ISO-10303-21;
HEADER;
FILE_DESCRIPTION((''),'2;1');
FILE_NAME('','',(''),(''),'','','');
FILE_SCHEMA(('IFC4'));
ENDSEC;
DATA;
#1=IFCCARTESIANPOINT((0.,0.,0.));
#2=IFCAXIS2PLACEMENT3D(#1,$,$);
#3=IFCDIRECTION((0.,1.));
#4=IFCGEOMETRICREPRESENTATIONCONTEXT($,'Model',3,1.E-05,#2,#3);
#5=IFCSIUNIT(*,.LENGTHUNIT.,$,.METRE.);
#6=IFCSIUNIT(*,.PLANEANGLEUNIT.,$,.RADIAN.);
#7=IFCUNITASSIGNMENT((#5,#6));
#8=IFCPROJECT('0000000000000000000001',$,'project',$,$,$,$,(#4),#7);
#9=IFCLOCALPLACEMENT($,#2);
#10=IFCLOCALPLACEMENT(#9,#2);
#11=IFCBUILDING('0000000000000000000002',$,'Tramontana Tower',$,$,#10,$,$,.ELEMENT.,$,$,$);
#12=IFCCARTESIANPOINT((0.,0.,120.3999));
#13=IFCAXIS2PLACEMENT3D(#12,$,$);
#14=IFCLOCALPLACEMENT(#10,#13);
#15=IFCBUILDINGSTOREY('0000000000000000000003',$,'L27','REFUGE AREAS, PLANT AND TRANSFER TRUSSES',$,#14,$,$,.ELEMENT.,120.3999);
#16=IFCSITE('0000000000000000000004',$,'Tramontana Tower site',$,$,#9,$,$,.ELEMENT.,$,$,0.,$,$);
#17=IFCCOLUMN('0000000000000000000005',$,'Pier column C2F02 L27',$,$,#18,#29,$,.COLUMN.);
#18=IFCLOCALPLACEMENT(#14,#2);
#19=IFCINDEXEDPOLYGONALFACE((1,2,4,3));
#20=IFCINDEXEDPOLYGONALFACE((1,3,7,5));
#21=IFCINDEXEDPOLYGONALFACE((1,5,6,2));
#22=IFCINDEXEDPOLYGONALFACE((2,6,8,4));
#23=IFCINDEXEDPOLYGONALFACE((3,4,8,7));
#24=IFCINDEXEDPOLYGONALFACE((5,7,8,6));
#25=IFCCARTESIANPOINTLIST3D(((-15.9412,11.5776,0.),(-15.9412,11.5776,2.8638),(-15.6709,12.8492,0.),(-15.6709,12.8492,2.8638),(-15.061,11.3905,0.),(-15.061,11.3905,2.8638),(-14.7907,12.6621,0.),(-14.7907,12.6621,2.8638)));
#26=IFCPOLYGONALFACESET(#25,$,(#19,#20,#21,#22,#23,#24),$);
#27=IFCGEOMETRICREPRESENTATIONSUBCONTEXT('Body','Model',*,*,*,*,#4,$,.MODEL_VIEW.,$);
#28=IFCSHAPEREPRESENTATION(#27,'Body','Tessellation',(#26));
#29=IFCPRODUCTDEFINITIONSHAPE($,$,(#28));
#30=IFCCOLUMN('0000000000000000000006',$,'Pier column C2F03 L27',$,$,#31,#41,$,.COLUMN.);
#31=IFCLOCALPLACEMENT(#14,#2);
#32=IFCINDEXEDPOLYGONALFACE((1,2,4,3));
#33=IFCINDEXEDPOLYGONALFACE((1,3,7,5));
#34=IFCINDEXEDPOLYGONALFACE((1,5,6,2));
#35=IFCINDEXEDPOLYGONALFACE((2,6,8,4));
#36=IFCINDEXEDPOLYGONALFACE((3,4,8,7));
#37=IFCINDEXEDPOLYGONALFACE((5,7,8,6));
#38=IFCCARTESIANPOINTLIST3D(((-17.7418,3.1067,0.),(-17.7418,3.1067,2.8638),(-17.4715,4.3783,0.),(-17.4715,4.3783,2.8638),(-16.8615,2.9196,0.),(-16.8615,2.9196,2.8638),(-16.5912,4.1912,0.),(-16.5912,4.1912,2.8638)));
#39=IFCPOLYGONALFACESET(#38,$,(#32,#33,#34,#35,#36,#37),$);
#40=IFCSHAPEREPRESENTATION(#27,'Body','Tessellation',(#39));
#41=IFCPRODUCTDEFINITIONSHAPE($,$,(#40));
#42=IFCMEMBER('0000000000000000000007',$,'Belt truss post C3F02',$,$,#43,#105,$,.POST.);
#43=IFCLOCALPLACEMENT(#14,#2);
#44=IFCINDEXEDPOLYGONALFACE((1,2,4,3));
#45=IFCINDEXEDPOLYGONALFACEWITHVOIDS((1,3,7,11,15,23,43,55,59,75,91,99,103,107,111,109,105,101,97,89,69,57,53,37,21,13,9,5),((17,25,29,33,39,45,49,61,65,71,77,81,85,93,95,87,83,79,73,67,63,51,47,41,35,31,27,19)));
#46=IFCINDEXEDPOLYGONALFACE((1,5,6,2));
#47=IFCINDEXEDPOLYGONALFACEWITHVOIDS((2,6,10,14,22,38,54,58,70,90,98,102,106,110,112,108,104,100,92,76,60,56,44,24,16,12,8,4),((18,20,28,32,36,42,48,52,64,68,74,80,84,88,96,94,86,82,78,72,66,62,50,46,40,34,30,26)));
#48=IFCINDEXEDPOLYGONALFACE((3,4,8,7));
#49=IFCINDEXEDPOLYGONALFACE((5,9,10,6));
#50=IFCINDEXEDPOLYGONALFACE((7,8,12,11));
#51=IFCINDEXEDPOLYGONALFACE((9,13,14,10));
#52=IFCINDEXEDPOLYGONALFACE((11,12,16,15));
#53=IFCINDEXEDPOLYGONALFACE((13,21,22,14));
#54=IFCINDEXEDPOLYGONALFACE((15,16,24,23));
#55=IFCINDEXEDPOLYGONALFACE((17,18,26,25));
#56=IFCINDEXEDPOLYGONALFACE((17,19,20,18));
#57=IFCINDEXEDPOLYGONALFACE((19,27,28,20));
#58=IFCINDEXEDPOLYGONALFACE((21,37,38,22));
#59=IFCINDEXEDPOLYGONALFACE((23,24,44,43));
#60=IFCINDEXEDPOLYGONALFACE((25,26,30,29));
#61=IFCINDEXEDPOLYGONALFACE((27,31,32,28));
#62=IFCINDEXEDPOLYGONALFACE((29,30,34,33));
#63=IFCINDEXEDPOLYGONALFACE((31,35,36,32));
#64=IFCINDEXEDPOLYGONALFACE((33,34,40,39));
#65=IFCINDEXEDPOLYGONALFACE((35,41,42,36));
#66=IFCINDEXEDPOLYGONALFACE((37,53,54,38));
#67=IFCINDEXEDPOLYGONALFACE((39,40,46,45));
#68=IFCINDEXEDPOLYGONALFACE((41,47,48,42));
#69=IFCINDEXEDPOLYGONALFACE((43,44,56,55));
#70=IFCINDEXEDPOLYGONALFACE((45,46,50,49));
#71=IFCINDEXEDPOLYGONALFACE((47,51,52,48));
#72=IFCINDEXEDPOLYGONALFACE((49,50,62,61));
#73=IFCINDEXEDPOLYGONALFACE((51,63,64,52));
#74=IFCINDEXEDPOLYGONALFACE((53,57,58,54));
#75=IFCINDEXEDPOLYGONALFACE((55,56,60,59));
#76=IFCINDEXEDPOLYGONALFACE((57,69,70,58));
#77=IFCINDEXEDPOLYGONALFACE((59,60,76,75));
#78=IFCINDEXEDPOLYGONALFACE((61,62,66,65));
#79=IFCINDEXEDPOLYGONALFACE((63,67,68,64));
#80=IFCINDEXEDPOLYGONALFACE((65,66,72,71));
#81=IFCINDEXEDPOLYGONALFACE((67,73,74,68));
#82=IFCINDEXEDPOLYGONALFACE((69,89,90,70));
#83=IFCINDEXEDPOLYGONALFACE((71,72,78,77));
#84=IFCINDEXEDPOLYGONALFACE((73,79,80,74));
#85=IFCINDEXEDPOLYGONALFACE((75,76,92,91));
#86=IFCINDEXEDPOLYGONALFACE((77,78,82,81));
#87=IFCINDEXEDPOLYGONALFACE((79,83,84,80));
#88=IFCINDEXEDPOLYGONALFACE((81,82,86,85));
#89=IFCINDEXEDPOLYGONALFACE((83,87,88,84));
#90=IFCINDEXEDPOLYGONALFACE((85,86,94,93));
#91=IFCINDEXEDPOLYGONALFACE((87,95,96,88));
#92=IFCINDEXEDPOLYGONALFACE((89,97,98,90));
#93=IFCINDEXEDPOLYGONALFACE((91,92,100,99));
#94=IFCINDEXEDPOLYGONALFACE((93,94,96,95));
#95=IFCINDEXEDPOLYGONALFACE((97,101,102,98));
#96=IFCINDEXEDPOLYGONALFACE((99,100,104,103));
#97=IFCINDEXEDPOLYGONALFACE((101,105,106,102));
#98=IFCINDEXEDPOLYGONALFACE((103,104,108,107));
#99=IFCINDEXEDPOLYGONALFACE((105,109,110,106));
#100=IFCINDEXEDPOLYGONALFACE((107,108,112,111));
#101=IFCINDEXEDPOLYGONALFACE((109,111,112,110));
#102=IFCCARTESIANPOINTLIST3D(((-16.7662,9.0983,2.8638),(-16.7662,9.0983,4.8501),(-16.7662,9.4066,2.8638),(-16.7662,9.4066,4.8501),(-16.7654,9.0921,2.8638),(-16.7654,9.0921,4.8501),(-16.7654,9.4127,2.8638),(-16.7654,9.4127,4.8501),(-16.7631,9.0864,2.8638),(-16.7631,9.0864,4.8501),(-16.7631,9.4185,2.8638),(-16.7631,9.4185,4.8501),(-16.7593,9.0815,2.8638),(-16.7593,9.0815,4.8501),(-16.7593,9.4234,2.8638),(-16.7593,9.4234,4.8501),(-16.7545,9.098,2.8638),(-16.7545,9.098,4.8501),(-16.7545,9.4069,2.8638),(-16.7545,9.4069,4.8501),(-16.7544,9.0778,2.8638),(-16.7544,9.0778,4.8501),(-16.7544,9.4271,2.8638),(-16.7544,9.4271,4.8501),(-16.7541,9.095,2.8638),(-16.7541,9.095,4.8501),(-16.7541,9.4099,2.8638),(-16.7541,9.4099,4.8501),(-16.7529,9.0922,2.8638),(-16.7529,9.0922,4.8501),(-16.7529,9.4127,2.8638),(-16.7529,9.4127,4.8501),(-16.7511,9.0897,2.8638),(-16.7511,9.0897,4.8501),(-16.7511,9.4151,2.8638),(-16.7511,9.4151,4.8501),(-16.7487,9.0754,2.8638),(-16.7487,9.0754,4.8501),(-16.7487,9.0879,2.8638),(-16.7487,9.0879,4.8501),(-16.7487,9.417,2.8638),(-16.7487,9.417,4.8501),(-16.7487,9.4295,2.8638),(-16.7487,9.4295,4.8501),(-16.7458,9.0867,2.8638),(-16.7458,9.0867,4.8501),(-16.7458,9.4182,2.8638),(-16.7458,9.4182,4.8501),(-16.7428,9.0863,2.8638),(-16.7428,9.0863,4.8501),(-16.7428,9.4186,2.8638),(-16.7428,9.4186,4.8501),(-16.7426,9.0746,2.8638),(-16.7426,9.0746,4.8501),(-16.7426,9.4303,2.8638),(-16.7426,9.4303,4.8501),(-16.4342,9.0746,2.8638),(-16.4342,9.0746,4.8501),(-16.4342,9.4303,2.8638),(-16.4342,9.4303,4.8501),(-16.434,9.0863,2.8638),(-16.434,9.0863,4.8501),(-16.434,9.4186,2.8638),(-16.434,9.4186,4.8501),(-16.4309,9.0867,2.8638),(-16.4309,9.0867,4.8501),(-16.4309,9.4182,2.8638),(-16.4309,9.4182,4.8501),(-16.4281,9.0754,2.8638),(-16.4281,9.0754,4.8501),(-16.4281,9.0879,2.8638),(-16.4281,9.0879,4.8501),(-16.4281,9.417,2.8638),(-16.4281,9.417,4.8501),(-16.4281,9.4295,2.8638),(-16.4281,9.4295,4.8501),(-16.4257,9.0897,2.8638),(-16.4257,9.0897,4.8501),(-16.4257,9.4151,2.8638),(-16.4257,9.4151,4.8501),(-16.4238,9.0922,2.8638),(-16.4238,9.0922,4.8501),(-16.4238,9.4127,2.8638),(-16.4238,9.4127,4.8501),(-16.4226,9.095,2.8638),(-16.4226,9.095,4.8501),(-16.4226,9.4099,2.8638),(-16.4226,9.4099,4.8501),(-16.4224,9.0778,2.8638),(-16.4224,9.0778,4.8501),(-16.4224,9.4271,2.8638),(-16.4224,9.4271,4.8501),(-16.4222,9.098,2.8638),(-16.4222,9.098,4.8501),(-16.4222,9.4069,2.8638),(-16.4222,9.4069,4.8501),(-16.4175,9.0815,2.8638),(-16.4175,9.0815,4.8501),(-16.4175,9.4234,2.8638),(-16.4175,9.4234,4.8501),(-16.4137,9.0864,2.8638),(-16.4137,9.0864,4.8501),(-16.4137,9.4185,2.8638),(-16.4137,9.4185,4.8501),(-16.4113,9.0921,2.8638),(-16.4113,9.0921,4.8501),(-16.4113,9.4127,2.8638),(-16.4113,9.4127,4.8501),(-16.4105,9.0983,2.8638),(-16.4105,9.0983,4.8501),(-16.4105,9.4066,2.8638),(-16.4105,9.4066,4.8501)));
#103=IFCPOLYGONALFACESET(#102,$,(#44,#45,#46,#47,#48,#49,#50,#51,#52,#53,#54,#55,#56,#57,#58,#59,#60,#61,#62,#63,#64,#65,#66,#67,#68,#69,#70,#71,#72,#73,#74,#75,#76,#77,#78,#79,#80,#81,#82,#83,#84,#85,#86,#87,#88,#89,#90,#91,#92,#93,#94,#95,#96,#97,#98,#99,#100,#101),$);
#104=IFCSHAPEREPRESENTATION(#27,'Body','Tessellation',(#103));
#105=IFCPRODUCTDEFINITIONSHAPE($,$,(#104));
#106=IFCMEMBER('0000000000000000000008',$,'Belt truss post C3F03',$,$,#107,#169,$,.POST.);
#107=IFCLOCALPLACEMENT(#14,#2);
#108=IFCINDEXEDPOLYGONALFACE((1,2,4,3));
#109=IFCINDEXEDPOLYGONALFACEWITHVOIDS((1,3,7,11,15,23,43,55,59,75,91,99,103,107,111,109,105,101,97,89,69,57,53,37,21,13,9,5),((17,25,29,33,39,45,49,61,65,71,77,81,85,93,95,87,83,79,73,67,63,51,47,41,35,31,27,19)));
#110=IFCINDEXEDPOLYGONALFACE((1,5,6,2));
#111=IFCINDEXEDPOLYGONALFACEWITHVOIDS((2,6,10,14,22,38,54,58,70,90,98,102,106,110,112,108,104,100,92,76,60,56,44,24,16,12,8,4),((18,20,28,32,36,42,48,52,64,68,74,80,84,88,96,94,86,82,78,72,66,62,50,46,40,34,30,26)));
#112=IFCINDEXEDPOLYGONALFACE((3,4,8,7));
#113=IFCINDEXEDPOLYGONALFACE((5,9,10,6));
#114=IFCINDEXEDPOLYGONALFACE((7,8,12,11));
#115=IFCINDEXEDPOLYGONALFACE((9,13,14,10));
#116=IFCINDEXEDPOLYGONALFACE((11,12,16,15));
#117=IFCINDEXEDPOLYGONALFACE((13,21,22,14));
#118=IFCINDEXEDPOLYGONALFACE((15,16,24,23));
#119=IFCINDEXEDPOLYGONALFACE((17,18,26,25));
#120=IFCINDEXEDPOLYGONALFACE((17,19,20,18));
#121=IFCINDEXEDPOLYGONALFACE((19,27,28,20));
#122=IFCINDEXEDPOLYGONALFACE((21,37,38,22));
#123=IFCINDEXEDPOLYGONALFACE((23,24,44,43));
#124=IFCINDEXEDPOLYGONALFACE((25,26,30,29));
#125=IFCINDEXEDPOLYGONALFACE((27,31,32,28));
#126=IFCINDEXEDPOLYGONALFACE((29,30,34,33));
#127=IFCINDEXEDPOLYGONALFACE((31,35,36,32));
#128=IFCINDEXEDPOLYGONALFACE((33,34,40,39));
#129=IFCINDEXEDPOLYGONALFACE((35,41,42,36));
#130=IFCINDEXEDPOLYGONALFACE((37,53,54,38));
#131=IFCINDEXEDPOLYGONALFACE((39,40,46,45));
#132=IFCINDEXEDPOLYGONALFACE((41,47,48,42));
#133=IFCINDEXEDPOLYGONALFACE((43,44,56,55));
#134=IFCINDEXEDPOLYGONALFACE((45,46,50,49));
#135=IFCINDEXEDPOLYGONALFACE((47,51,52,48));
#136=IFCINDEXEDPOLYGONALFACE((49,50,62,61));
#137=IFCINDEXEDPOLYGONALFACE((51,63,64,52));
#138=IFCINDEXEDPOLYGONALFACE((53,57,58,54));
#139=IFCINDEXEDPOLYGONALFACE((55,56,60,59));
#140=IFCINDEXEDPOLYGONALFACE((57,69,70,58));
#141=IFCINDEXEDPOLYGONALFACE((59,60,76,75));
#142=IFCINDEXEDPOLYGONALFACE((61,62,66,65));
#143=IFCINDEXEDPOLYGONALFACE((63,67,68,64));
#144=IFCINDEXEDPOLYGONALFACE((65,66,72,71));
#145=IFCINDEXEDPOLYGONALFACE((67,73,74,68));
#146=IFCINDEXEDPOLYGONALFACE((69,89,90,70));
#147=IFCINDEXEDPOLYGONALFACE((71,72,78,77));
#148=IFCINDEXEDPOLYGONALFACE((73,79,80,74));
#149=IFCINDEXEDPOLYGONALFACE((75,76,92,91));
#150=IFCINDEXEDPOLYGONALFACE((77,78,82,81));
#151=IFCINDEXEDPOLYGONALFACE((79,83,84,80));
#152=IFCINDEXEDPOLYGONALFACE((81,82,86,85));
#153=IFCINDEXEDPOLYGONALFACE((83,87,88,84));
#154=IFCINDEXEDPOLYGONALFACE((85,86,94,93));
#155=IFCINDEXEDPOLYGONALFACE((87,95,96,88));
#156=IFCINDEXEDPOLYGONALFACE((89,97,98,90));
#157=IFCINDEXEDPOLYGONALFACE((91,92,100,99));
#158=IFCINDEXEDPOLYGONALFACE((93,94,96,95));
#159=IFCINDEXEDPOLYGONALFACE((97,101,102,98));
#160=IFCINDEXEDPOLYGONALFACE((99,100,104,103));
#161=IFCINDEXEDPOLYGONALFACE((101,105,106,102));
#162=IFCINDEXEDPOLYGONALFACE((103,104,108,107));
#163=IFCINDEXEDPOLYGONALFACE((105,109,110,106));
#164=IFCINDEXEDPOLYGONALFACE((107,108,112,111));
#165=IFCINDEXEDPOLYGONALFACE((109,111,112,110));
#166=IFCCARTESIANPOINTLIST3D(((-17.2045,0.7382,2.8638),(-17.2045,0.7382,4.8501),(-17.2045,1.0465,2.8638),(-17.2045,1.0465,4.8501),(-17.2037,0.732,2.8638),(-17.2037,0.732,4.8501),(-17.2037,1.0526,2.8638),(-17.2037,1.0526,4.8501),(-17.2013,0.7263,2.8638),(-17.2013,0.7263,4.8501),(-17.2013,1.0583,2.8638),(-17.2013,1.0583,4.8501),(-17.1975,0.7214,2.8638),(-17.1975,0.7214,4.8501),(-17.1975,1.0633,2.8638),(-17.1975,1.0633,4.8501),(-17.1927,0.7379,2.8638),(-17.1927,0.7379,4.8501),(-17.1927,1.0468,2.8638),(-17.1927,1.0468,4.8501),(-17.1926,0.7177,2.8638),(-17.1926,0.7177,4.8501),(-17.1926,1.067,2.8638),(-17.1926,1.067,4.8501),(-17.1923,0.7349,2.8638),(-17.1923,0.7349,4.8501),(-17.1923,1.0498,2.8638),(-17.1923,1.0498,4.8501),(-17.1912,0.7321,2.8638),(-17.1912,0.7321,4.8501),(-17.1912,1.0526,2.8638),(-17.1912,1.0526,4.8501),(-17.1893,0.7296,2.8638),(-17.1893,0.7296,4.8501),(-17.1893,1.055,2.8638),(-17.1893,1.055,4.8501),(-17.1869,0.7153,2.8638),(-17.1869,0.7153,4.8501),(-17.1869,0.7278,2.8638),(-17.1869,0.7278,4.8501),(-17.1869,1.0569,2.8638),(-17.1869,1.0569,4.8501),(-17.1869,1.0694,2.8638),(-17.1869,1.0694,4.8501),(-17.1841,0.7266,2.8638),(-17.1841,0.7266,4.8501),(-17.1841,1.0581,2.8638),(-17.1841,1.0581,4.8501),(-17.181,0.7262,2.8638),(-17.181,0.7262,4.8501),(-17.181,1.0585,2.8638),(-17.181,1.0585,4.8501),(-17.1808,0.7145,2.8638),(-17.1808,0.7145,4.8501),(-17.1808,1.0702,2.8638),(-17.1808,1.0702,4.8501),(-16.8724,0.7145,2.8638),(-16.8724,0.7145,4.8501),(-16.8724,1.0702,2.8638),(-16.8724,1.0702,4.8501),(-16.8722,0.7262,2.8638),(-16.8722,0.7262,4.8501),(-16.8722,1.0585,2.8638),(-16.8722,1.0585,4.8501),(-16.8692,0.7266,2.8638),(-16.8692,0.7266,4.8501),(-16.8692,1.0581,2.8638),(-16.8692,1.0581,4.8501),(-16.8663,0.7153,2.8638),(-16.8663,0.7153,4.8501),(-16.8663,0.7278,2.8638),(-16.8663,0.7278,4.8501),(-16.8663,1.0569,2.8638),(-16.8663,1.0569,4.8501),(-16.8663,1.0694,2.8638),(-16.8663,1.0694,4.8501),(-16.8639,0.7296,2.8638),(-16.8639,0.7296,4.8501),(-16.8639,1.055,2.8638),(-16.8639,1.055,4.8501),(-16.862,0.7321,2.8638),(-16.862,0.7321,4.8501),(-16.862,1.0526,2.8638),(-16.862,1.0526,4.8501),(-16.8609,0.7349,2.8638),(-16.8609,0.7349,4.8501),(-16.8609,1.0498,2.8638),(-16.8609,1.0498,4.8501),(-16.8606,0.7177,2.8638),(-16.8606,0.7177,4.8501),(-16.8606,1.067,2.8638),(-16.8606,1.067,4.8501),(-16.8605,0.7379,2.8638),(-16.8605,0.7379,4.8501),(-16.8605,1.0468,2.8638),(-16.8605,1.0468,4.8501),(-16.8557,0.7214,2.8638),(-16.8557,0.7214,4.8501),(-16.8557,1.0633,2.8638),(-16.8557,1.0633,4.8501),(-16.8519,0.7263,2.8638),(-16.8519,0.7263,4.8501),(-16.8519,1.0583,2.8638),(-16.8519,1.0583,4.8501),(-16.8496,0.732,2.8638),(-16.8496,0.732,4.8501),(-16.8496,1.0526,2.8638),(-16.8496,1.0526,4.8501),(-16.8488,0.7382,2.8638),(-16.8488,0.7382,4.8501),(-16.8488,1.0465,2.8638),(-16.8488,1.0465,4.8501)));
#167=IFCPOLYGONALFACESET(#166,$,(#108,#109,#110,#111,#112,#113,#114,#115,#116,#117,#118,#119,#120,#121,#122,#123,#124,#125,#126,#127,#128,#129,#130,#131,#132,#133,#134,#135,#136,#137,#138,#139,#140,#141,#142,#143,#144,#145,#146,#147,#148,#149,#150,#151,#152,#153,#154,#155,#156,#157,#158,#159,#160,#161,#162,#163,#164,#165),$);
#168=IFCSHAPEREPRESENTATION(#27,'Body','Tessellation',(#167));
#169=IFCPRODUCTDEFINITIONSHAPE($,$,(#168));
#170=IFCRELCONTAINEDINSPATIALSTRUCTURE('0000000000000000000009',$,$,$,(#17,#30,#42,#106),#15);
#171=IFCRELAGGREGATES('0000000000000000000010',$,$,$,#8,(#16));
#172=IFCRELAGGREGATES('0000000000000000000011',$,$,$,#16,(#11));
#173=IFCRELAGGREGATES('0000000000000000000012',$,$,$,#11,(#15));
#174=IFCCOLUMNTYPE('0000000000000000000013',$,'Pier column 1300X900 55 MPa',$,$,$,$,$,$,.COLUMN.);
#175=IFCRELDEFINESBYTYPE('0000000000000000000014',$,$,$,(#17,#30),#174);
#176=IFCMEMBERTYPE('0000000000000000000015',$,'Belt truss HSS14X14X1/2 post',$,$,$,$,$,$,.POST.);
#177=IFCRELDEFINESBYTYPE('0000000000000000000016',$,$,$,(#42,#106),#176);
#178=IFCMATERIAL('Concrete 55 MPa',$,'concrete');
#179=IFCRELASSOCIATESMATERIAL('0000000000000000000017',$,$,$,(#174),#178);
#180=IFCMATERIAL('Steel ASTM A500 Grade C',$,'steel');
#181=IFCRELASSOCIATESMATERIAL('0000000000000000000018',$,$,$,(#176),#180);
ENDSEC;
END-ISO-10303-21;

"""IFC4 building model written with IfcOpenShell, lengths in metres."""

from ifc_helpers import new_model, si_unit, direction, frame, origin, origin_2d, place, context, subcontext, project, spatial, rectangle, hollow_rectangle, extrude, material, material_profile, profile_set, type_object, element, save


model = new_model("IFC4")

# Units and contexts
model_context = context("Model", 3, precision=1e-05, world=origin(), true_north=direction((0.0, 1.0)))
body_context = subcontext(model_context, "Body", "Model", "MODEL_VIEW")
ifc_project = project(units=[si_unit("LENGTHUNIT", "METRE"), si_unit("PLANEANGLEUNIT", "RADIAN")], contexts=[model_context])

# Site, building, storey
site_placement = place(None, origin())
site = spatial("IfcSite", under=ifc_project, at=site_placement, Name="Tramontana Tower site", CompositionType="ELEMENT", RefElevation=0.0)
building_placement = place(site_placement, origin())
building = spatial("IfcBuilding", under=site, at=building_placement, Name="Tramontana Tower", CompositionType="ELEMENT")
storey_placement = place(building_placement, frame((0.0, 0.0, 120.3999)))
storey = spatial("IfcBuildingStorey", under=building, at=storey_placement, Name="L27", Description="REFUGE AREAS, PLANT AND TRANSFER TRUSSES", CompositionType="ELEMENT", Elevation=120.3999)

# Columns
ifc_material_1 = material(Name="Concrete 55 MPa", Category="concrete")
ifc_material_profile_1 = material_profile(ifc_material_1, rectangle(XDim=1.3, YDim=0.8999, at=origin_2d()), Name="Pier column 1300X900 55 MPa")
ifc_profile_set_1 = profile_set([ifc_material_profile_1], Name="Concrete 55 MPa")
column_type = type_object("IfcColumnType", Name="Pier column 1300X900 55 MPa", PredefinedType="COLUMN", material=ifc_profile_set_1)
for number, where, z_axis, x_axis, name in (
    (1, (-15.366, 12.1199, 0.0), (0.0, 0.0, 1.0), (-0.207912, -0.978148, 0.0), "Pier column C2F02 L27"),
    (2, (-17.1665, 3.6489, 0.0), (0.0, 0.0, 1.0), (-0.207912, -0.978148, 0.0), "Pier column C2F03 L27"),
):
    element("IfcColumn", number, at=place(storey_placement, frame(where, z_axis=z_axis, x_axis=x_axis)), inside=storey, type_object=column_type, Name=name, PredefinedType="COLUMN", context=body_context, shape_type="SweptSolid", body=[
        extrude(rectangle(XDim=1.3, YDim=0.8999, at=origin_2d()), origin(), (0.0, 0.0, 1.0), 2.8638),
    ])

# Members
ifc_material_2 = material(Name="Steel ASTM A500 Grade C", Category="steel")
ifc_material_profile_2 = material_profile(ifc_material_2, hollow_rectangle(XDim=0.3557, YDim=0.3557, WallThickness=0.0117, InnerFilletRadius=0.0117, OuterFilletRadius=0.0237, at=origin_2d()), Name="HSS14X14X1/2")
ifc_profile_set_2 = profile_set([ifc_material_profile_2], Name="Steel ASTM A500 Grade C")
member_type_1 = type_object("IfcMemberType", Name="Belt truss HSS14X14X1/2 post", PredefinedType="POST", material=ifc_profile_set_2)
for number, where, z_axis, x_axis, name in (
    (3, (-16.5884, 9.2524, 2.8638), (0.0, 0.0, 1.0), (1.0, 0.0, 0.0), "Belt truss post C3F02"),
    (4, (-17.0266, 0.8923, 2.8638), (0.0, 0.0, 1.0), (1.0, 0.0, 0.0), "Belt truss post C3F03"),
):
    element("IfcMember", number, at=place(storey_placement, frame(where, z_axis=z_axis, x_axis=x_axis)), inside=storey, type_object=member_type_1, Name=name, PredefinedType="POST", context=body_context, shape_type="SweptSolid", body=[
        extrude(hollow_rectangle(XDim=0.3557, YDim=0.3557, WallThickness=0.0117, InnerFilletRadius=0.0117, OuterFilletRadius=0.0237, at=origin_2d()), origin(), (0.0, 0.0, 1.0), 1.9863),
    ])

save(model, "model.ifc")
